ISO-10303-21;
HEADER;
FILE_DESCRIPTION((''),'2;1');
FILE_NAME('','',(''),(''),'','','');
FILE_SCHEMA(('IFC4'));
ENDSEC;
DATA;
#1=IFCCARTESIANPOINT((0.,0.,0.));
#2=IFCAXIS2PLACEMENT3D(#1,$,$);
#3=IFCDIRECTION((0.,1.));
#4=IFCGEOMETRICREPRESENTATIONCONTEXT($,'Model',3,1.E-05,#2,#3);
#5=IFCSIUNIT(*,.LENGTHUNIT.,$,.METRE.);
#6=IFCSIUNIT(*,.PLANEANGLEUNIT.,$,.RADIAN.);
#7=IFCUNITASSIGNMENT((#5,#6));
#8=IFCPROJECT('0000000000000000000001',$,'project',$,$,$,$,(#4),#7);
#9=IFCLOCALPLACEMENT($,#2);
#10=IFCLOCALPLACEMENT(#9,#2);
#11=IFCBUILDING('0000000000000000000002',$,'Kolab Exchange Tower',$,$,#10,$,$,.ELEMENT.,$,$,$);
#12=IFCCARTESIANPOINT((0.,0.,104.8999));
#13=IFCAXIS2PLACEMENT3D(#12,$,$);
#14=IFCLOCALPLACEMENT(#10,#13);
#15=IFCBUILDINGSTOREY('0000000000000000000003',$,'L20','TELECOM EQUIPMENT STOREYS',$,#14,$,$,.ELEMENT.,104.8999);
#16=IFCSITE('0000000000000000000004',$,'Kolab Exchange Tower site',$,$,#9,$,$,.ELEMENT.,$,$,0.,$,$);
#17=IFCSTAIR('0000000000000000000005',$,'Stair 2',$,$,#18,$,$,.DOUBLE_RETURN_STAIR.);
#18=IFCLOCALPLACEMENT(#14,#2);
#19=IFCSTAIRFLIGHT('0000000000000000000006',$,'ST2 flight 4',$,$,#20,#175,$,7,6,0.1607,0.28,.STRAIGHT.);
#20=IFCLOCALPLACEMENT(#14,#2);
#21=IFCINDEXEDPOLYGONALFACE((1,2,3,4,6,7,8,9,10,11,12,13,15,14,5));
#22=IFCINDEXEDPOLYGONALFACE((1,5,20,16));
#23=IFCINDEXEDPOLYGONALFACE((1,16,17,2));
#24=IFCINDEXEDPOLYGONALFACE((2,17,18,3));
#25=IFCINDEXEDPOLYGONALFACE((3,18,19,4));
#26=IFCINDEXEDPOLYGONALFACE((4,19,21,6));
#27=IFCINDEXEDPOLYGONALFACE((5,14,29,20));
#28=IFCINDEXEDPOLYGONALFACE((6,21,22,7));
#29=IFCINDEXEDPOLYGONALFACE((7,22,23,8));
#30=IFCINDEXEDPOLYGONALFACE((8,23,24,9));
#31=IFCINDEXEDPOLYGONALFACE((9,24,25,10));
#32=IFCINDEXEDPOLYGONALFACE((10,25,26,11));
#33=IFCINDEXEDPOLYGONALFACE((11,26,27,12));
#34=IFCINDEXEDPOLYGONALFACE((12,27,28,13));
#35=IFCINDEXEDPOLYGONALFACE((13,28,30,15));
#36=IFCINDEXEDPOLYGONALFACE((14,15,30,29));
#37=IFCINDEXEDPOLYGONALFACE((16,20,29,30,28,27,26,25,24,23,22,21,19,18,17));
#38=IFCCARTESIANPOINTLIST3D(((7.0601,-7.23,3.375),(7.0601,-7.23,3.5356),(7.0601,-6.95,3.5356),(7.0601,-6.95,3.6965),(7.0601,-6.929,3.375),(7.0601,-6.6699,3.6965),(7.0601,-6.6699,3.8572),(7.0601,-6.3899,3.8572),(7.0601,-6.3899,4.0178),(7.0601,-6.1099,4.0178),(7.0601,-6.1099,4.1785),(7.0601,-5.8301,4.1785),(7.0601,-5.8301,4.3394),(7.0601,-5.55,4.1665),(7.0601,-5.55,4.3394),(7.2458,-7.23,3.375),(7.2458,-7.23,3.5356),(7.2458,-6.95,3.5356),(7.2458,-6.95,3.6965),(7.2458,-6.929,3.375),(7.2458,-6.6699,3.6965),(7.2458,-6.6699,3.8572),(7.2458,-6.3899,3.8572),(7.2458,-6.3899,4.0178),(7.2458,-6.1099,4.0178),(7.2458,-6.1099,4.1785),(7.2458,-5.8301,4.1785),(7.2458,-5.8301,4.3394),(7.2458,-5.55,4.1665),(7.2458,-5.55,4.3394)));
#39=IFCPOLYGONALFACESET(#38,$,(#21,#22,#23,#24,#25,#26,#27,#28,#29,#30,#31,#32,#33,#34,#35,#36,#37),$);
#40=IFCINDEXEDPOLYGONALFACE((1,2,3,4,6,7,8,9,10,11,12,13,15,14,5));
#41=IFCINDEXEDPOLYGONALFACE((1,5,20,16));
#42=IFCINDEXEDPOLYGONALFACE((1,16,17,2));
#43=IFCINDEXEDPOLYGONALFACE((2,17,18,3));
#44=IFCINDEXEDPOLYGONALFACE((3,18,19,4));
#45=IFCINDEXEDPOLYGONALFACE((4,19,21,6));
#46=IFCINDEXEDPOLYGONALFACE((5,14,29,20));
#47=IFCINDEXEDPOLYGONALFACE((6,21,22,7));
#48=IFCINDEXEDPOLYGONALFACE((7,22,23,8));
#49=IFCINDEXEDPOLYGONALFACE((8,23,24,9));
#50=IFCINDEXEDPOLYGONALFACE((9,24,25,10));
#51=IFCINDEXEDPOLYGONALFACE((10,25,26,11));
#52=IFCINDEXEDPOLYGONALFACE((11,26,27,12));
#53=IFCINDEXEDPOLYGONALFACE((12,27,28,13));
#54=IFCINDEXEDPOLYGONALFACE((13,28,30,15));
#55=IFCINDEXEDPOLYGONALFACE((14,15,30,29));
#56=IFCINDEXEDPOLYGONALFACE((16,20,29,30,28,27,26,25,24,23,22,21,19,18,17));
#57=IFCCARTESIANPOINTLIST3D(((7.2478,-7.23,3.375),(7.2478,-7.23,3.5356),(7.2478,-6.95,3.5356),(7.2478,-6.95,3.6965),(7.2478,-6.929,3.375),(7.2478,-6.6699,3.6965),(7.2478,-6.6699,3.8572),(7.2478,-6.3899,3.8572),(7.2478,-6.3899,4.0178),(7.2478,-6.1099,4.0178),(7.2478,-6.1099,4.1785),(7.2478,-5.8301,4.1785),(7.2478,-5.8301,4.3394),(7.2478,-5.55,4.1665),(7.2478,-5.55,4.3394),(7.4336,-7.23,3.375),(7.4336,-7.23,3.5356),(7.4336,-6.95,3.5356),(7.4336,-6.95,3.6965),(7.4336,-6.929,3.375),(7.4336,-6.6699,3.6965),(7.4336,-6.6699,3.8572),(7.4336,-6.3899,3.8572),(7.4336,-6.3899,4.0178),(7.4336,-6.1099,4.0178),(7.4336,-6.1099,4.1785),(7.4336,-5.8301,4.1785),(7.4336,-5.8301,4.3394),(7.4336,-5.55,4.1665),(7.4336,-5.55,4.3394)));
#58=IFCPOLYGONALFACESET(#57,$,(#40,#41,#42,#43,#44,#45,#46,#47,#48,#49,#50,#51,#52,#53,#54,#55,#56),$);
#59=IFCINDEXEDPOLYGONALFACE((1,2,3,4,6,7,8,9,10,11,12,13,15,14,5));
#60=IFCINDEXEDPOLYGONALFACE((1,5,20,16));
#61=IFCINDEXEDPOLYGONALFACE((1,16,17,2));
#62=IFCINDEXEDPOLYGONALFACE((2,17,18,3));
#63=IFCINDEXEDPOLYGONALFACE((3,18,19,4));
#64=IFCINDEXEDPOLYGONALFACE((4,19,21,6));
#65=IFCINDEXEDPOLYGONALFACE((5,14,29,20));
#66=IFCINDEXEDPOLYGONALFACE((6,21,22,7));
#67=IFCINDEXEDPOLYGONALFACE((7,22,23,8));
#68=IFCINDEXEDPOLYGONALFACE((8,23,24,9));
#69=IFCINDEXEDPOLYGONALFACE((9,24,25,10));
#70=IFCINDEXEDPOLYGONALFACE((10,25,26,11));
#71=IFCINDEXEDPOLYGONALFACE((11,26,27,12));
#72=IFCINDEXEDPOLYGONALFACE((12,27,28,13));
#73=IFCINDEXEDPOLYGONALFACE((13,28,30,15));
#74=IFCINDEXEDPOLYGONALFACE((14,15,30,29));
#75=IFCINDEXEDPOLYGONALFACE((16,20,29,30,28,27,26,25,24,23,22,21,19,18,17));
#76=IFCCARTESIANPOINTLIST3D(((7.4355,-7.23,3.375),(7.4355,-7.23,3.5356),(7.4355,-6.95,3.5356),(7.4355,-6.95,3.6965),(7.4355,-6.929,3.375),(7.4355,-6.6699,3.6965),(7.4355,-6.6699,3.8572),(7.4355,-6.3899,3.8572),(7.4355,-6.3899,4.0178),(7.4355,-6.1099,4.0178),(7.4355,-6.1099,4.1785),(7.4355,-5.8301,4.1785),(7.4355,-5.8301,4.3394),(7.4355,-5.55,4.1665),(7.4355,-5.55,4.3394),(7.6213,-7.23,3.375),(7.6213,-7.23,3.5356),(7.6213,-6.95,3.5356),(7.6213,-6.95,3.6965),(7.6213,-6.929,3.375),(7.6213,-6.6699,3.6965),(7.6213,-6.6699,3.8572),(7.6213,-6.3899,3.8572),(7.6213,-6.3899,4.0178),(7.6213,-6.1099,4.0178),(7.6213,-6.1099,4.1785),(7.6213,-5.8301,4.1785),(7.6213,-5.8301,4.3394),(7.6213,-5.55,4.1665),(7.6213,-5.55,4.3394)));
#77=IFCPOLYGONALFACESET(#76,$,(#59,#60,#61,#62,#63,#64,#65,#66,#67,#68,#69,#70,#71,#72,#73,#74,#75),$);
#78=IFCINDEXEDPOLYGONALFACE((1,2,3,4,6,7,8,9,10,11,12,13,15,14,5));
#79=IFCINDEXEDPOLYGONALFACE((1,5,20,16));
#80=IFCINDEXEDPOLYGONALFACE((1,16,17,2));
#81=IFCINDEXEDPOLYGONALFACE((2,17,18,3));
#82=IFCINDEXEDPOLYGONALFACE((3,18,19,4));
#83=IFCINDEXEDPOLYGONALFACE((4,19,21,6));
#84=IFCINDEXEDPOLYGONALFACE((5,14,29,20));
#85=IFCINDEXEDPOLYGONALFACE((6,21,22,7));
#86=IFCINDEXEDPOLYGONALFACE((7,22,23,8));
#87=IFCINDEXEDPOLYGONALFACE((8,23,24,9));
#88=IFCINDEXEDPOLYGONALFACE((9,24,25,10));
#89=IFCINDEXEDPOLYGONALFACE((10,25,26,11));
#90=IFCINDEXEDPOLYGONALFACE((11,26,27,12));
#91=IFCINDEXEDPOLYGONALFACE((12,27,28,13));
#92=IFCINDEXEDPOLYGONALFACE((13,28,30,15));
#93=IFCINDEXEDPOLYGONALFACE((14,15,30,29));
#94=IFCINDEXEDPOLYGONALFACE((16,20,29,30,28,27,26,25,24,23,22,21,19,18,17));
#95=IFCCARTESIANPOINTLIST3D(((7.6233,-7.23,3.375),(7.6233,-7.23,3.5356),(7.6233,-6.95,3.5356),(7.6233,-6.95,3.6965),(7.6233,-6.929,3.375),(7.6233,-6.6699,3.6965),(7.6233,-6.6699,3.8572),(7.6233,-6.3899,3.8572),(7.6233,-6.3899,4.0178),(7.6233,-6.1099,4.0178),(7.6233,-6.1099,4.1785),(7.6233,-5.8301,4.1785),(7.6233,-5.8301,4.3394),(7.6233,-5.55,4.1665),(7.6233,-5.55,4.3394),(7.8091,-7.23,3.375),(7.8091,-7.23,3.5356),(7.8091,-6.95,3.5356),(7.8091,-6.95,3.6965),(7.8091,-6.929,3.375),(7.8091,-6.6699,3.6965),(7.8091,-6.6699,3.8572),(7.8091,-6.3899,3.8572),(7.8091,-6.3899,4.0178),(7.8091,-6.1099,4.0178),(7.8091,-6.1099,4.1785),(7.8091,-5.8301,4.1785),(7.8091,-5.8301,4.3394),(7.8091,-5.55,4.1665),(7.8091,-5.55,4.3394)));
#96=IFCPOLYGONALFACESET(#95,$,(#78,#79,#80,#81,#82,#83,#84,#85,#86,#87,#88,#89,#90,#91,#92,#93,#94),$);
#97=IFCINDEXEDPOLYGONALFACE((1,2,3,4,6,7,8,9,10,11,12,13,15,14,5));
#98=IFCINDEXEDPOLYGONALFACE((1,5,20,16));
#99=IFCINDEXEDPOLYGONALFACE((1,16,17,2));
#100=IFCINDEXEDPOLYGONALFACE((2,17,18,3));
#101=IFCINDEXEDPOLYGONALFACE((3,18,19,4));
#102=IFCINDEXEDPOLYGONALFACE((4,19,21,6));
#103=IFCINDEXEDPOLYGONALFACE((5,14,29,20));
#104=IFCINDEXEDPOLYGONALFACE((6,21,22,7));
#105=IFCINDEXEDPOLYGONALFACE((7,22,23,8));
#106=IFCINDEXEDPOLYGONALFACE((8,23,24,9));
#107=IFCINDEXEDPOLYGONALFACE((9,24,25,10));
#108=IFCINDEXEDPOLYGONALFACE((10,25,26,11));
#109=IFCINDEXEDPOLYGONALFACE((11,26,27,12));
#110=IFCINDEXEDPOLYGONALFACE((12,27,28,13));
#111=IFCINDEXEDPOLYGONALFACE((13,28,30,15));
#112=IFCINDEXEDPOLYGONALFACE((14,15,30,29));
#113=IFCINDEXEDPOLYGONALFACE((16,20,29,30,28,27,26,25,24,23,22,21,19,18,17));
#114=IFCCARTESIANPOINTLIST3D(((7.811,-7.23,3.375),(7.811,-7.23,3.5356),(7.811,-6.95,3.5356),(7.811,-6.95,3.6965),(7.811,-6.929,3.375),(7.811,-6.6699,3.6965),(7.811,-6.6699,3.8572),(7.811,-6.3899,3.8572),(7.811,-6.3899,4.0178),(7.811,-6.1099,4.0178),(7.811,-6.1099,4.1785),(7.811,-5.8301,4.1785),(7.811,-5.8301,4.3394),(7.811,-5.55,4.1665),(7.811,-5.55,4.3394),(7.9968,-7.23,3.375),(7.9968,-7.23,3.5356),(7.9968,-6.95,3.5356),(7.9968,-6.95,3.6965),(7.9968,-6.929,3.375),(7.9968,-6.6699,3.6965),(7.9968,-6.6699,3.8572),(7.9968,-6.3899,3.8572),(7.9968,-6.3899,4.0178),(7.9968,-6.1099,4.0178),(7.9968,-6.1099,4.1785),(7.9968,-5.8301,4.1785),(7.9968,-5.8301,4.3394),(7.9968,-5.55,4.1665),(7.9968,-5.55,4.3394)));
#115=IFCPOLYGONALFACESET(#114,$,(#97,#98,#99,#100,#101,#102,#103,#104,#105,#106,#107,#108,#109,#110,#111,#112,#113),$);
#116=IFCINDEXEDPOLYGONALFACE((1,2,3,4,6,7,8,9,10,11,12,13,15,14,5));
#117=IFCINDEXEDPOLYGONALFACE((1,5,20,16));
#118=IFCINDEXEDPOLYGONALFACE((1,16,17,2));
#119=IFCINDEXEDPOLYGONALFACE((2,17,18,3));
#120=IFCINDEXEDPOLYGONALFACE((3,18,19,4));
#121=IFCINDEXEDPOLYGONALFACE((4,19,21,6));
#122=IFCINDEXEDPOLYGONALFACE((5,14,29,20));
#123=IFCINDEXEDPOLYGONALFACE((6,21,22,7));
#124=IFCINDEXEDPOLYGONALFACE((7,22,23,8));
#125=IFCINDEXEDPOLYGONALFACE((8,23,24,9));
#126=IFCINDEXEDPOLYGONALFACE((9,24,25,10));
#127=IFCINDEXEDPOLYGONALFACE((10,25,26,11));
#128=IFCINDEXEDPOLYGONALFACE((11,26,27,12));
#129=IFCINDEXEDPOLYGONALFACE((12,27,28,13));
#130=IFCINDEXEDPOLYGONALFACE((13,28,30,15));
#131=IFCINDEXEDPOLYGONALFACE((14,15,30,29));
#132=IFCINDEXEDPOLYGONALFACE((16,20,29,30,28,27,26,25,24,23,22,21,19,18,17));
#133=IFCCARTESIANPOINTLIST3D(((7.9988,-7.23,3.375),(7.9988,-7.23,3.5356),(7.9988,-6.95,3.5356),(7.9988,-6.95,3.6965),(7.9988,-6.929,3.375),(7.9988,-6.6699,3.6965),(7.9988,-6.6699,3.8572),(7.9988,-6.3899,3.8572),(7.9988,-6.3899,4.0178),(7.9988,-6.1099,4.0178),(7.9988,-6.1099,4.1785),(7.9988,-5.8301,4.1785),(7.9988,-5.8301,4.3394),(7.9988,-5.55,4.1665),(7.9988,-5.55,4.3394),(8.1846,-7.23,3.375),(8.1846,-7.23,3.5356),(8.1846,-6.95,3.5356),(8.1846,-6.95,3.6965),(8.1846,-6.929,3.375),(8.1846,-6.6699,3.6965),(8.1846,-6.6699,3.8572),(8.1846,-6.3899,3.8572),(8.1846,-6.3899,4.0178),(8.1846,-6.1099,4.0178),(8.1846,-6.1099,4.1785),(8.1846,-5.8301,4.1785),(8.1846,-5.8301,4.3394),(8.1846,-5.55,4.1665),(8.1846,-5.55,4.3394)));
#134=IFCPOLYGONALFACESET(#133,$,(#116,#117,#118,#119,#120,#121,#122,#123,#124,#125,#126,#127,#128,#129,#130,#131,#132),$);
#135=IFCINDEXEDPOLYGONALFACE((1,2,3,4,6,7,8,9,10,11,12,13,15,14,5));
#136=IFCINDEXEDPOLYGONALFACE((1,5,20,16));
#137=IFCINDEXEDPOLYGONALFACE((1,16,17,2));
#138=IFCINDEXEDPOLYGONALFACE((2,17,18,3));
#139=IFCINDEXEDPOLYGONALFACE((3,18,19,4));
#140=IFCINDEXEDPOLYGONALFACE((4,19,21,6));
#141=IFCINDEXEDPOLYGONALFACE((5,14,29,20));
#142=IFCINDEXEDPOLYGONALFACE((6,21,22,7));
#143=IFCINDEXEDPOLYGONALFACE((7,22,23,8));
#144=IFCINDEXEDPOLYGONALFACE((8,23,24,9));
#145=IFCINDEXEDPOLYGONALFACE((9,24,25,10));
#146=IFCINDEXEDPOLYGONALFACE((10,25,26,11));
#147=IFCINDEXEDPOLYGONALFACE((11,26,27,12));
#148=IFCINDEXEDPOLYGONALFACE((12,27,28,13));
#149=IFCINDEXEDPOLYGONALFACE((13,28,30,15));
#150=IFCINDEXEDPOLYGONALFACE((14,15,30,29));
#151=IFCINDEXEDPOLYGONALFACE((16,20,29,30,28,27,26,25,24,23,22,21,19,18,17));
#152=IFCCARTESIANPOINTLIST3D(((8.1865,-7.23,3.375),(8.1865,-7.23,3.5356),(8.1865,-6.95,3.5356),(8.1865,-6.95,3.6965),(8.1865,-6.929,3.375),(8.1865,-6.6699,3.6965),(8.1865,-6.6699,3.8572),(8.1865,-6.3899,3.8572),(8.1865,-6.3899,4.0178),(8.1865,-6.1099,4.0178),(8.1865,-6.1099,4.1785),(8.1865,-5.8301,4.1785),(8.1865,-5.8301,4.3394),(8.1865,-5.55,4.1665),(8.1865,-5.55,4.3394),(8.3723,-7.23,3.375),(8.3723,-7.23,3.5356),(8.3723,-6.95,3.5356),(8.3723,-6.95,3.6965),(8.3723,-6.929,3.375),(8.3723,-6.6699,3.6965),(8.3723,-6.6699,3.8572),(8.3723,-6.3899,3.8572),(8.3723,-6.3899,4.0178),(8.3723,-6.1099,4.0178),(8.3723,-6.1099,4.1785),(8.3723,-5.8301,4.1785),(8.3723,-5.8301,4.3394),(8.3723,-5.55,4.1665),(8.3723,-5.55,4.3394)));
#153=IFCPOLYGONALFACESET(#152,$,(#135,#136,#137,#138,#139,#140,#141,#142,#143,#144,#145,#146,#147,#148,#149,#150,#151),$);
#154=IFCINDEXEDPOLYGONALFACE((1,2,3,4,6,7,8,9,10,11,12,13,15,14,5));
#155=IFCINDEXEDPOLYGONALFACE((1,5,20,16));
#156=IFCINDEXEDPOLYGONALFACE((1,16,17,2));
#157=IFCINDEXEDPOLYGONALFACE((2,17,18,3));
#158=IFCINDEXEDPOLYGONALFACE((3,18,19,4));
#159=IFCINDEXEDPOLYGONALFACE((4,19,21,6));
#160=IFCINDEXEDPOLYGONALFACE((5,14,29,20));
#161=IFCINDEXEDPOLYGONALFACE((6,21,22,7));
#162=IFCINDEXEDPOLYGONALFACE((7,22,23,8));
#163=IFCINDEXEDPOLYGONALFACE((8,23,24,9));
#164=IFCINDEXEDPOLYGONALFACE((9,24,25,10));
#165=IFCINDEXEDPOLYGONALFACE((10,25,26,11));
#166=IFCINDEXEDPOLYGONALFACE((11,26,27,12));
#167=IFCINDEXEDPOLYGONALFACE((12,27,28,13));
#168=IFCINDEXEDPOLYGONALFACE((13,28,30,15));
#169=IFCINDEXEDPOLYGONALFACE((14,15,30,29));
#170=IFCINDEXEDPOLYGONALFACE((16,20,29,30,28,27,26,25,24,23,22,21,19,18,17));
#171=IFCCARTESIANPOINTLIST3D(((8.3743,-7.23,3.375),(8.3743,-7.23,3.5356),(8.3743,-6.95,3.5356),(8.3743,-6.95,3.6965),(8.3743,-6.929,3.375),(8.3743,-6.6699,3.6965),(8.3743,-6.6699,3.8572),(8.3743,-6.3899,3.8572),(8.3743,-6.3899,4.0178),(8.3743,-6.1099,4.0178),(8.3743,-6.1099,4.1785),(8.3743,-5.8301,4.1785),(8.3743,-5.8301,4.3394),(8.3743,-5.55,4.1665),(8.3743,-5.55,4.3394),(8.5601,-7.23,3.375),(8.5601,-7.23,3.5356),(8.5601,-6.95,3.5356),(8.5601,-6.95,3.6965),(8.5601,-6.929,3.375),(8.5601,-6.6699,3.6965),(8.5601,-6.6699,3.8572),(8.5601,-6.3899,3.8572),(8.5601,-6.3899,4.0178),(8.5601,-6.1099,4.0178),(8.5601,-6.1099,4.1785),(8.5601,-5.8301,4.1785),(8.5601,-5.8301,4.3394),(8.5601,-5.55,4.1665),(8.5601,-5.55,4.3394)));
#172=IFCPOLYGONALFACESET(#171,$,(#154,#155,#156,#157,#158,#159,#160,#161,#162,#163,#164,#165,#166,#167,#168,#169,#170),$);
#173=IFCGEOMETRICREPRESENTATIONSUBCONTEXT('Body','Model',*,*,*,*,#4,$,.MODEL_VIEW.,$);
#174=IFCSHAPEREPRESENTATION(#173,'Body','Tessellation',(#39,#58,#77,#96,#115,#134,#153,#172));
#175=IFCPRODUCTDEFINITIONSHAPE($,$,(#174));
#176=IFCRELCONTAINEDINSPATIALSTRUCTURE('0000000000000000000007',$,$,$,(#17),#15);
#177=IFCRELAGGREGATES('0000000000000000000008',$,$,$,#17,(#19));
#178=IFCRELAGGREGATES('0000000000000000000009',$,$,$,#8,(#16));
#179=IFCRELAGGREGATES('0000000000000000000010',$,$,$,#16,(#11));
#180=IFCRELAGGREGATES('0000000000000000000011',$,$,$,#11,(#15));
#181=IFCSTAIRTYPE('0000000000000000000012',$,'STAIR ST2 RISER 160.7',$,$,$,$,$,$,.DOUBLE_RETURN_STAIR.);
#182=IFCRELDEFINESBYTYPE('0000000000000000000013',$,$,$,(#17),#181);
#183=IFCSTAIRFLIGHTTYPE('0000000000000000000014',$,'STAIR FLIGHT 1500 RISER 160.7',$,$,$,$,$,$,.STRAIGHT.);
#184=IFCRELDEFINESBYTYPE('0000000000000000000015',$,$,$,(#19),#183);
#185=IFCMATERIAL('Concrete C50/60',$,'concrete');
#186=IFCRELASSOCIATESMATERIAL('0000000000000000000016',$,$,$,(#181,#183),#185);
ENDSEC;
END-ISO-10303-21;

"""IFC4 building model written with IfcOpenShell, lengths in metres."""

from ifc_helpers import new_model, si_unit, direction, frame, origin, place, context, subcontext, project, spatial, polyline, outline, extrude, material, type_object, element, aggregate, save


model = new_model("IFC4")

# Units and contexts
model_context = context("Model", 3, precision=1e-05, world=origin(), true_north=direction((0.0, 1.0)))
body_context = subcontext(model_context, "Body", "Model", "MODEL_VIEW")
ifc_project = project(units=[si_unit("LENGTHUNIT", "METRE"), si_unit("PLANEANGLEUNIT", "RADIAN")], contexts=[model_context])

# Site, building, storey
site_placement = place(None, origin())
site = spatial("IfcSite", under=ifc_project, at=site_placement, Name="Kolab Exchange Tower site", CompositionType="ELEMENT", RefElevation=0.0)
building_placement = place(site_placement, origin())
building = spatial("IfcBuilding", under=site, at=building_placement, Name="Kolab Exchange Tower", CompositionType="ELEMENT")
storey_placement = place(building_placement, frame((0.0, 0.0, 104.8999)))
storey = spatial("IfcBuildingStorey", under=building, at=storey_placement, Name="L20", Description="TELECOM EQUIPMENT STOREYS", CompositionType="ELEMENT", Elevation=104.8999)

# Shared definitions
ifc_material_1 = material(Name="Concrete C50/60", Category="concrete")

# Stair, stair flight
stair_type = type_object("IfcStairType", Name="STAIR ST2 RISER 160.7", PredefinedType="DOUBLE_RETURN_STAIR", material=ifc_material_1)
stair_placement = place(storey_placement, origin())
stair = element("IfcStair", 1, at=stair_placement, inside=storey, type_object=stair_type, Name="Stair 2", PredefinedType="DOUBLE_RETURN_STAIR")
stair_flight_type = type_object("IfcStairFlightType", Name="STAIR FLIGHT 1500 RISER 160.7", PredefinedType="STRAIGHT", material=ifc_material_1)
stair_flight_1_placement = place(storey_placement, frame((7.8101, -7.23, 3.375), z_axis=(0.0, 0.0, 1.0), x_axis=(0.0, 1.0, 0.0)))
stair_flight_1 = element("IfcStairFlight", 2, at=stair_flight_1_placement, type_object=stair_flight_type, Name="ST2 flight 4", NumberOfRisers=7, NumberOfTreads=6, PredefinedType="STRAIGHT", RiserHeight=0.1607, TreadLength=0.28, context=body_context, shape_type="SweptSolid", body=[
    extrude(outline(polyline([(0.0, 0.0), (0.0, 0.1606), (0.28, 0.1606), (0.28, 0.3215), (0.5601, 0.3215), (0.5601, 0.4822), (0.8401, 0.4822), (0.8401, 0.6428), (1.1201, 0.6428), (1.1201, 0.8035), (1.3999, 0.8035), (1.3999, 0.9644), (1.6799, 0.9644), (1.6799, 1.125), (1.6799, 0.7915), (0.301, 0.0), (0.0, 0.0)])), frame((0.0, 0.75, 0.0), z_axis=(0.0, -1.0, 0.0), x_axis=(1.0, 0.0, 0.0)), (0.0, 0.0, 1.0), 0.1858),
    extrude(outline(polyline([(0.0, 0.0), (0.0, 0.1606), (0.28, 0.1606), (0.28, 0.3215), (0.5601, 0.3215), (0.5601, 0.4822), (0.8401, 0.4822), (0.8401, 0.6428), (1.1201, 0.6428), (1.1201, 0.8035), (1.3999, 0.8035), (1.3999, 0.9644), (1.6799, 0.9644), (1.6799, 1.125), (1.6799, 0.7915), (0.301, 0.0), (0.0, 0.0)])), frame((0.0, 0.5623, 0.0), z_axis=(0.0, -1.0, 0.0), x_axis=(1.0, 0.0, 0.0)), (0.0, 0.0, 1.0), 0.1858),
    extrude(outline(polyline([(0.0, 0.0), (0.0, 0.1606), (0.28, 0.1606), (0.28, 0.3215), (0.5601, 0.3215), (0.5601, 0.4822), (0.8401, 0.4822), (0.8401, 0.6428), (1.1201, 0.6428), (1.1201, 0.8035), (1.3999, 0.8035), (1.3999, 0.9644), (1.6799, 0.9644), (1.6799, 1.125), (1.6799, 0.7915), (0.301, 0.0), (0.0, 0.0)])), frame((0.0, 0.3745, 0.0), z_axis=(0.0, -1.0, 0.0), x_axis=(1.0, 0.0, 0.0)), (0.0, 0.0, 1.0), 0.1858),
    extrude(outline(polyline([(0.0, 0.0), (0.0, 0.1606), (0.28, 0.1606), (0.28, 0.3215), (0.5601, 0.3215), (0.5601, 0.4822), (0.8401, 0.4822), (0.8401, 0.6428), (1.1201, 0.6428), (1.1201, 0.8035), (1.3999, 0.8035), (1.3999, 0.9644), (1.6799, 0.9644), (1.6799, 1.125), (1.6799, 0.7915), (0.301, 0.0), (0.0, 0.0)])), frame((0.0, 0.1868, 0.0), z_axis=(0.0, -1.0, 0.0), x_axis=(1.0, 0.0, 0.0)), (0.0, 0.0, 1.0), 0.1858),
    extrude(outline(polyline([(0.0, 0.0), (0.0, 0.1606), (0.28, 0.1606), (0.28, 0.3215), (0.5601, 0.3215), (0.5601, 0.4822), (0.8401, 0.4822), (0.8401, 0.6428), (1.1201, 0.6428), (1.1201, 0.8035), (1.3999, 0.8035), (1.3999, 0.9644), (1.6799, 0.9644), (1.6799, 1.125), (1.6799, 0.7915), (0.301, 0.0), (0.0, 0.0)])), frame((0.0, -0.001, 0.0), z_axis=(0.0, -1.0, 0.0), x_axis=(1.0, 0.0, 0.0)), (0.0, 0.0, 1.0), 0.1858),
    extrude(outline(polyline([(0.0, 0.0), (0.0, 0.1606), (0.28, 0.1606), (0.28, 0.3215), (0.5601, 0.3215), (0.5601, 0.4822), (0.8401, 0.4822), (0.8401, 0.6428), (1.1201, 0.6428), (1.1201, 0.8035), (1.3999, 0.8035), (1.3999, 0.9644), (1.6799, 0.9644), (1.6799, 1.125), (1.6799, 0.7915), (0.301, 0.0), (0.0, 0.0)])), frame((0.0, -0.1887, 0.0), z_axis=(0.0, -1.0, 0.0), x_axis=(1.0, 0.0, 0.0)), (0.0, 0.0, 1.0), 0.1858),
    extrude(outline(polyline([(0.0, 0.0), (0.0, 0.1606), (0.28, 0.1606), (0.28, 0.3215), (0.5601, 0.3215), (0.5601, 0.4822), (0.8401, 0.4822), (0.8401, 0.6428), (1.1201, 0.6428), (1.1201, 0.8035), (1.3999, 0.8035), (1.3999, 0.9644), (1.6799, 0.9644), (1.6799, 1.125), (1.6799, 0.7915), (0.301, 0.0), (0.0, 0.0)])), frame((0.0, -0.3765, 0.0), z_axis=(0.0, -1.0, 0.0), x_axis=(1.0, 0.0, 0.0)), (0.0, 0.0, 1.0), 0.1858),
    extrude(outline(polyline([(0.0, 0.0), (0.0, 0.1606), (0.28, 0.1606), (0.28, 0.3215), (0.5601, 0.3215), (0.5601, 0.4822), (0.8401, 0.4822), (0.8401, 0.6428), (1.1201, 0.6428), (1.1201, 0.8035), (1.3999, 0.8035), (1.3999, 0.9644), (1.6799, 0.9644), (1.6799, 1.125), (1.6799, 0.7915), (0.301, 0.0), (0.0, 0.0)])), frame((0.0, -0.5642, 0.0), z_axis=(0.0, -1.0, 0.0), x_axis=(1.0, 0.0, 0.0)), (0.0, 0.0, 1.0), 0.1858),
])
aggregate(stair, [stair_flight_1])

save(model, "model.ifc")
